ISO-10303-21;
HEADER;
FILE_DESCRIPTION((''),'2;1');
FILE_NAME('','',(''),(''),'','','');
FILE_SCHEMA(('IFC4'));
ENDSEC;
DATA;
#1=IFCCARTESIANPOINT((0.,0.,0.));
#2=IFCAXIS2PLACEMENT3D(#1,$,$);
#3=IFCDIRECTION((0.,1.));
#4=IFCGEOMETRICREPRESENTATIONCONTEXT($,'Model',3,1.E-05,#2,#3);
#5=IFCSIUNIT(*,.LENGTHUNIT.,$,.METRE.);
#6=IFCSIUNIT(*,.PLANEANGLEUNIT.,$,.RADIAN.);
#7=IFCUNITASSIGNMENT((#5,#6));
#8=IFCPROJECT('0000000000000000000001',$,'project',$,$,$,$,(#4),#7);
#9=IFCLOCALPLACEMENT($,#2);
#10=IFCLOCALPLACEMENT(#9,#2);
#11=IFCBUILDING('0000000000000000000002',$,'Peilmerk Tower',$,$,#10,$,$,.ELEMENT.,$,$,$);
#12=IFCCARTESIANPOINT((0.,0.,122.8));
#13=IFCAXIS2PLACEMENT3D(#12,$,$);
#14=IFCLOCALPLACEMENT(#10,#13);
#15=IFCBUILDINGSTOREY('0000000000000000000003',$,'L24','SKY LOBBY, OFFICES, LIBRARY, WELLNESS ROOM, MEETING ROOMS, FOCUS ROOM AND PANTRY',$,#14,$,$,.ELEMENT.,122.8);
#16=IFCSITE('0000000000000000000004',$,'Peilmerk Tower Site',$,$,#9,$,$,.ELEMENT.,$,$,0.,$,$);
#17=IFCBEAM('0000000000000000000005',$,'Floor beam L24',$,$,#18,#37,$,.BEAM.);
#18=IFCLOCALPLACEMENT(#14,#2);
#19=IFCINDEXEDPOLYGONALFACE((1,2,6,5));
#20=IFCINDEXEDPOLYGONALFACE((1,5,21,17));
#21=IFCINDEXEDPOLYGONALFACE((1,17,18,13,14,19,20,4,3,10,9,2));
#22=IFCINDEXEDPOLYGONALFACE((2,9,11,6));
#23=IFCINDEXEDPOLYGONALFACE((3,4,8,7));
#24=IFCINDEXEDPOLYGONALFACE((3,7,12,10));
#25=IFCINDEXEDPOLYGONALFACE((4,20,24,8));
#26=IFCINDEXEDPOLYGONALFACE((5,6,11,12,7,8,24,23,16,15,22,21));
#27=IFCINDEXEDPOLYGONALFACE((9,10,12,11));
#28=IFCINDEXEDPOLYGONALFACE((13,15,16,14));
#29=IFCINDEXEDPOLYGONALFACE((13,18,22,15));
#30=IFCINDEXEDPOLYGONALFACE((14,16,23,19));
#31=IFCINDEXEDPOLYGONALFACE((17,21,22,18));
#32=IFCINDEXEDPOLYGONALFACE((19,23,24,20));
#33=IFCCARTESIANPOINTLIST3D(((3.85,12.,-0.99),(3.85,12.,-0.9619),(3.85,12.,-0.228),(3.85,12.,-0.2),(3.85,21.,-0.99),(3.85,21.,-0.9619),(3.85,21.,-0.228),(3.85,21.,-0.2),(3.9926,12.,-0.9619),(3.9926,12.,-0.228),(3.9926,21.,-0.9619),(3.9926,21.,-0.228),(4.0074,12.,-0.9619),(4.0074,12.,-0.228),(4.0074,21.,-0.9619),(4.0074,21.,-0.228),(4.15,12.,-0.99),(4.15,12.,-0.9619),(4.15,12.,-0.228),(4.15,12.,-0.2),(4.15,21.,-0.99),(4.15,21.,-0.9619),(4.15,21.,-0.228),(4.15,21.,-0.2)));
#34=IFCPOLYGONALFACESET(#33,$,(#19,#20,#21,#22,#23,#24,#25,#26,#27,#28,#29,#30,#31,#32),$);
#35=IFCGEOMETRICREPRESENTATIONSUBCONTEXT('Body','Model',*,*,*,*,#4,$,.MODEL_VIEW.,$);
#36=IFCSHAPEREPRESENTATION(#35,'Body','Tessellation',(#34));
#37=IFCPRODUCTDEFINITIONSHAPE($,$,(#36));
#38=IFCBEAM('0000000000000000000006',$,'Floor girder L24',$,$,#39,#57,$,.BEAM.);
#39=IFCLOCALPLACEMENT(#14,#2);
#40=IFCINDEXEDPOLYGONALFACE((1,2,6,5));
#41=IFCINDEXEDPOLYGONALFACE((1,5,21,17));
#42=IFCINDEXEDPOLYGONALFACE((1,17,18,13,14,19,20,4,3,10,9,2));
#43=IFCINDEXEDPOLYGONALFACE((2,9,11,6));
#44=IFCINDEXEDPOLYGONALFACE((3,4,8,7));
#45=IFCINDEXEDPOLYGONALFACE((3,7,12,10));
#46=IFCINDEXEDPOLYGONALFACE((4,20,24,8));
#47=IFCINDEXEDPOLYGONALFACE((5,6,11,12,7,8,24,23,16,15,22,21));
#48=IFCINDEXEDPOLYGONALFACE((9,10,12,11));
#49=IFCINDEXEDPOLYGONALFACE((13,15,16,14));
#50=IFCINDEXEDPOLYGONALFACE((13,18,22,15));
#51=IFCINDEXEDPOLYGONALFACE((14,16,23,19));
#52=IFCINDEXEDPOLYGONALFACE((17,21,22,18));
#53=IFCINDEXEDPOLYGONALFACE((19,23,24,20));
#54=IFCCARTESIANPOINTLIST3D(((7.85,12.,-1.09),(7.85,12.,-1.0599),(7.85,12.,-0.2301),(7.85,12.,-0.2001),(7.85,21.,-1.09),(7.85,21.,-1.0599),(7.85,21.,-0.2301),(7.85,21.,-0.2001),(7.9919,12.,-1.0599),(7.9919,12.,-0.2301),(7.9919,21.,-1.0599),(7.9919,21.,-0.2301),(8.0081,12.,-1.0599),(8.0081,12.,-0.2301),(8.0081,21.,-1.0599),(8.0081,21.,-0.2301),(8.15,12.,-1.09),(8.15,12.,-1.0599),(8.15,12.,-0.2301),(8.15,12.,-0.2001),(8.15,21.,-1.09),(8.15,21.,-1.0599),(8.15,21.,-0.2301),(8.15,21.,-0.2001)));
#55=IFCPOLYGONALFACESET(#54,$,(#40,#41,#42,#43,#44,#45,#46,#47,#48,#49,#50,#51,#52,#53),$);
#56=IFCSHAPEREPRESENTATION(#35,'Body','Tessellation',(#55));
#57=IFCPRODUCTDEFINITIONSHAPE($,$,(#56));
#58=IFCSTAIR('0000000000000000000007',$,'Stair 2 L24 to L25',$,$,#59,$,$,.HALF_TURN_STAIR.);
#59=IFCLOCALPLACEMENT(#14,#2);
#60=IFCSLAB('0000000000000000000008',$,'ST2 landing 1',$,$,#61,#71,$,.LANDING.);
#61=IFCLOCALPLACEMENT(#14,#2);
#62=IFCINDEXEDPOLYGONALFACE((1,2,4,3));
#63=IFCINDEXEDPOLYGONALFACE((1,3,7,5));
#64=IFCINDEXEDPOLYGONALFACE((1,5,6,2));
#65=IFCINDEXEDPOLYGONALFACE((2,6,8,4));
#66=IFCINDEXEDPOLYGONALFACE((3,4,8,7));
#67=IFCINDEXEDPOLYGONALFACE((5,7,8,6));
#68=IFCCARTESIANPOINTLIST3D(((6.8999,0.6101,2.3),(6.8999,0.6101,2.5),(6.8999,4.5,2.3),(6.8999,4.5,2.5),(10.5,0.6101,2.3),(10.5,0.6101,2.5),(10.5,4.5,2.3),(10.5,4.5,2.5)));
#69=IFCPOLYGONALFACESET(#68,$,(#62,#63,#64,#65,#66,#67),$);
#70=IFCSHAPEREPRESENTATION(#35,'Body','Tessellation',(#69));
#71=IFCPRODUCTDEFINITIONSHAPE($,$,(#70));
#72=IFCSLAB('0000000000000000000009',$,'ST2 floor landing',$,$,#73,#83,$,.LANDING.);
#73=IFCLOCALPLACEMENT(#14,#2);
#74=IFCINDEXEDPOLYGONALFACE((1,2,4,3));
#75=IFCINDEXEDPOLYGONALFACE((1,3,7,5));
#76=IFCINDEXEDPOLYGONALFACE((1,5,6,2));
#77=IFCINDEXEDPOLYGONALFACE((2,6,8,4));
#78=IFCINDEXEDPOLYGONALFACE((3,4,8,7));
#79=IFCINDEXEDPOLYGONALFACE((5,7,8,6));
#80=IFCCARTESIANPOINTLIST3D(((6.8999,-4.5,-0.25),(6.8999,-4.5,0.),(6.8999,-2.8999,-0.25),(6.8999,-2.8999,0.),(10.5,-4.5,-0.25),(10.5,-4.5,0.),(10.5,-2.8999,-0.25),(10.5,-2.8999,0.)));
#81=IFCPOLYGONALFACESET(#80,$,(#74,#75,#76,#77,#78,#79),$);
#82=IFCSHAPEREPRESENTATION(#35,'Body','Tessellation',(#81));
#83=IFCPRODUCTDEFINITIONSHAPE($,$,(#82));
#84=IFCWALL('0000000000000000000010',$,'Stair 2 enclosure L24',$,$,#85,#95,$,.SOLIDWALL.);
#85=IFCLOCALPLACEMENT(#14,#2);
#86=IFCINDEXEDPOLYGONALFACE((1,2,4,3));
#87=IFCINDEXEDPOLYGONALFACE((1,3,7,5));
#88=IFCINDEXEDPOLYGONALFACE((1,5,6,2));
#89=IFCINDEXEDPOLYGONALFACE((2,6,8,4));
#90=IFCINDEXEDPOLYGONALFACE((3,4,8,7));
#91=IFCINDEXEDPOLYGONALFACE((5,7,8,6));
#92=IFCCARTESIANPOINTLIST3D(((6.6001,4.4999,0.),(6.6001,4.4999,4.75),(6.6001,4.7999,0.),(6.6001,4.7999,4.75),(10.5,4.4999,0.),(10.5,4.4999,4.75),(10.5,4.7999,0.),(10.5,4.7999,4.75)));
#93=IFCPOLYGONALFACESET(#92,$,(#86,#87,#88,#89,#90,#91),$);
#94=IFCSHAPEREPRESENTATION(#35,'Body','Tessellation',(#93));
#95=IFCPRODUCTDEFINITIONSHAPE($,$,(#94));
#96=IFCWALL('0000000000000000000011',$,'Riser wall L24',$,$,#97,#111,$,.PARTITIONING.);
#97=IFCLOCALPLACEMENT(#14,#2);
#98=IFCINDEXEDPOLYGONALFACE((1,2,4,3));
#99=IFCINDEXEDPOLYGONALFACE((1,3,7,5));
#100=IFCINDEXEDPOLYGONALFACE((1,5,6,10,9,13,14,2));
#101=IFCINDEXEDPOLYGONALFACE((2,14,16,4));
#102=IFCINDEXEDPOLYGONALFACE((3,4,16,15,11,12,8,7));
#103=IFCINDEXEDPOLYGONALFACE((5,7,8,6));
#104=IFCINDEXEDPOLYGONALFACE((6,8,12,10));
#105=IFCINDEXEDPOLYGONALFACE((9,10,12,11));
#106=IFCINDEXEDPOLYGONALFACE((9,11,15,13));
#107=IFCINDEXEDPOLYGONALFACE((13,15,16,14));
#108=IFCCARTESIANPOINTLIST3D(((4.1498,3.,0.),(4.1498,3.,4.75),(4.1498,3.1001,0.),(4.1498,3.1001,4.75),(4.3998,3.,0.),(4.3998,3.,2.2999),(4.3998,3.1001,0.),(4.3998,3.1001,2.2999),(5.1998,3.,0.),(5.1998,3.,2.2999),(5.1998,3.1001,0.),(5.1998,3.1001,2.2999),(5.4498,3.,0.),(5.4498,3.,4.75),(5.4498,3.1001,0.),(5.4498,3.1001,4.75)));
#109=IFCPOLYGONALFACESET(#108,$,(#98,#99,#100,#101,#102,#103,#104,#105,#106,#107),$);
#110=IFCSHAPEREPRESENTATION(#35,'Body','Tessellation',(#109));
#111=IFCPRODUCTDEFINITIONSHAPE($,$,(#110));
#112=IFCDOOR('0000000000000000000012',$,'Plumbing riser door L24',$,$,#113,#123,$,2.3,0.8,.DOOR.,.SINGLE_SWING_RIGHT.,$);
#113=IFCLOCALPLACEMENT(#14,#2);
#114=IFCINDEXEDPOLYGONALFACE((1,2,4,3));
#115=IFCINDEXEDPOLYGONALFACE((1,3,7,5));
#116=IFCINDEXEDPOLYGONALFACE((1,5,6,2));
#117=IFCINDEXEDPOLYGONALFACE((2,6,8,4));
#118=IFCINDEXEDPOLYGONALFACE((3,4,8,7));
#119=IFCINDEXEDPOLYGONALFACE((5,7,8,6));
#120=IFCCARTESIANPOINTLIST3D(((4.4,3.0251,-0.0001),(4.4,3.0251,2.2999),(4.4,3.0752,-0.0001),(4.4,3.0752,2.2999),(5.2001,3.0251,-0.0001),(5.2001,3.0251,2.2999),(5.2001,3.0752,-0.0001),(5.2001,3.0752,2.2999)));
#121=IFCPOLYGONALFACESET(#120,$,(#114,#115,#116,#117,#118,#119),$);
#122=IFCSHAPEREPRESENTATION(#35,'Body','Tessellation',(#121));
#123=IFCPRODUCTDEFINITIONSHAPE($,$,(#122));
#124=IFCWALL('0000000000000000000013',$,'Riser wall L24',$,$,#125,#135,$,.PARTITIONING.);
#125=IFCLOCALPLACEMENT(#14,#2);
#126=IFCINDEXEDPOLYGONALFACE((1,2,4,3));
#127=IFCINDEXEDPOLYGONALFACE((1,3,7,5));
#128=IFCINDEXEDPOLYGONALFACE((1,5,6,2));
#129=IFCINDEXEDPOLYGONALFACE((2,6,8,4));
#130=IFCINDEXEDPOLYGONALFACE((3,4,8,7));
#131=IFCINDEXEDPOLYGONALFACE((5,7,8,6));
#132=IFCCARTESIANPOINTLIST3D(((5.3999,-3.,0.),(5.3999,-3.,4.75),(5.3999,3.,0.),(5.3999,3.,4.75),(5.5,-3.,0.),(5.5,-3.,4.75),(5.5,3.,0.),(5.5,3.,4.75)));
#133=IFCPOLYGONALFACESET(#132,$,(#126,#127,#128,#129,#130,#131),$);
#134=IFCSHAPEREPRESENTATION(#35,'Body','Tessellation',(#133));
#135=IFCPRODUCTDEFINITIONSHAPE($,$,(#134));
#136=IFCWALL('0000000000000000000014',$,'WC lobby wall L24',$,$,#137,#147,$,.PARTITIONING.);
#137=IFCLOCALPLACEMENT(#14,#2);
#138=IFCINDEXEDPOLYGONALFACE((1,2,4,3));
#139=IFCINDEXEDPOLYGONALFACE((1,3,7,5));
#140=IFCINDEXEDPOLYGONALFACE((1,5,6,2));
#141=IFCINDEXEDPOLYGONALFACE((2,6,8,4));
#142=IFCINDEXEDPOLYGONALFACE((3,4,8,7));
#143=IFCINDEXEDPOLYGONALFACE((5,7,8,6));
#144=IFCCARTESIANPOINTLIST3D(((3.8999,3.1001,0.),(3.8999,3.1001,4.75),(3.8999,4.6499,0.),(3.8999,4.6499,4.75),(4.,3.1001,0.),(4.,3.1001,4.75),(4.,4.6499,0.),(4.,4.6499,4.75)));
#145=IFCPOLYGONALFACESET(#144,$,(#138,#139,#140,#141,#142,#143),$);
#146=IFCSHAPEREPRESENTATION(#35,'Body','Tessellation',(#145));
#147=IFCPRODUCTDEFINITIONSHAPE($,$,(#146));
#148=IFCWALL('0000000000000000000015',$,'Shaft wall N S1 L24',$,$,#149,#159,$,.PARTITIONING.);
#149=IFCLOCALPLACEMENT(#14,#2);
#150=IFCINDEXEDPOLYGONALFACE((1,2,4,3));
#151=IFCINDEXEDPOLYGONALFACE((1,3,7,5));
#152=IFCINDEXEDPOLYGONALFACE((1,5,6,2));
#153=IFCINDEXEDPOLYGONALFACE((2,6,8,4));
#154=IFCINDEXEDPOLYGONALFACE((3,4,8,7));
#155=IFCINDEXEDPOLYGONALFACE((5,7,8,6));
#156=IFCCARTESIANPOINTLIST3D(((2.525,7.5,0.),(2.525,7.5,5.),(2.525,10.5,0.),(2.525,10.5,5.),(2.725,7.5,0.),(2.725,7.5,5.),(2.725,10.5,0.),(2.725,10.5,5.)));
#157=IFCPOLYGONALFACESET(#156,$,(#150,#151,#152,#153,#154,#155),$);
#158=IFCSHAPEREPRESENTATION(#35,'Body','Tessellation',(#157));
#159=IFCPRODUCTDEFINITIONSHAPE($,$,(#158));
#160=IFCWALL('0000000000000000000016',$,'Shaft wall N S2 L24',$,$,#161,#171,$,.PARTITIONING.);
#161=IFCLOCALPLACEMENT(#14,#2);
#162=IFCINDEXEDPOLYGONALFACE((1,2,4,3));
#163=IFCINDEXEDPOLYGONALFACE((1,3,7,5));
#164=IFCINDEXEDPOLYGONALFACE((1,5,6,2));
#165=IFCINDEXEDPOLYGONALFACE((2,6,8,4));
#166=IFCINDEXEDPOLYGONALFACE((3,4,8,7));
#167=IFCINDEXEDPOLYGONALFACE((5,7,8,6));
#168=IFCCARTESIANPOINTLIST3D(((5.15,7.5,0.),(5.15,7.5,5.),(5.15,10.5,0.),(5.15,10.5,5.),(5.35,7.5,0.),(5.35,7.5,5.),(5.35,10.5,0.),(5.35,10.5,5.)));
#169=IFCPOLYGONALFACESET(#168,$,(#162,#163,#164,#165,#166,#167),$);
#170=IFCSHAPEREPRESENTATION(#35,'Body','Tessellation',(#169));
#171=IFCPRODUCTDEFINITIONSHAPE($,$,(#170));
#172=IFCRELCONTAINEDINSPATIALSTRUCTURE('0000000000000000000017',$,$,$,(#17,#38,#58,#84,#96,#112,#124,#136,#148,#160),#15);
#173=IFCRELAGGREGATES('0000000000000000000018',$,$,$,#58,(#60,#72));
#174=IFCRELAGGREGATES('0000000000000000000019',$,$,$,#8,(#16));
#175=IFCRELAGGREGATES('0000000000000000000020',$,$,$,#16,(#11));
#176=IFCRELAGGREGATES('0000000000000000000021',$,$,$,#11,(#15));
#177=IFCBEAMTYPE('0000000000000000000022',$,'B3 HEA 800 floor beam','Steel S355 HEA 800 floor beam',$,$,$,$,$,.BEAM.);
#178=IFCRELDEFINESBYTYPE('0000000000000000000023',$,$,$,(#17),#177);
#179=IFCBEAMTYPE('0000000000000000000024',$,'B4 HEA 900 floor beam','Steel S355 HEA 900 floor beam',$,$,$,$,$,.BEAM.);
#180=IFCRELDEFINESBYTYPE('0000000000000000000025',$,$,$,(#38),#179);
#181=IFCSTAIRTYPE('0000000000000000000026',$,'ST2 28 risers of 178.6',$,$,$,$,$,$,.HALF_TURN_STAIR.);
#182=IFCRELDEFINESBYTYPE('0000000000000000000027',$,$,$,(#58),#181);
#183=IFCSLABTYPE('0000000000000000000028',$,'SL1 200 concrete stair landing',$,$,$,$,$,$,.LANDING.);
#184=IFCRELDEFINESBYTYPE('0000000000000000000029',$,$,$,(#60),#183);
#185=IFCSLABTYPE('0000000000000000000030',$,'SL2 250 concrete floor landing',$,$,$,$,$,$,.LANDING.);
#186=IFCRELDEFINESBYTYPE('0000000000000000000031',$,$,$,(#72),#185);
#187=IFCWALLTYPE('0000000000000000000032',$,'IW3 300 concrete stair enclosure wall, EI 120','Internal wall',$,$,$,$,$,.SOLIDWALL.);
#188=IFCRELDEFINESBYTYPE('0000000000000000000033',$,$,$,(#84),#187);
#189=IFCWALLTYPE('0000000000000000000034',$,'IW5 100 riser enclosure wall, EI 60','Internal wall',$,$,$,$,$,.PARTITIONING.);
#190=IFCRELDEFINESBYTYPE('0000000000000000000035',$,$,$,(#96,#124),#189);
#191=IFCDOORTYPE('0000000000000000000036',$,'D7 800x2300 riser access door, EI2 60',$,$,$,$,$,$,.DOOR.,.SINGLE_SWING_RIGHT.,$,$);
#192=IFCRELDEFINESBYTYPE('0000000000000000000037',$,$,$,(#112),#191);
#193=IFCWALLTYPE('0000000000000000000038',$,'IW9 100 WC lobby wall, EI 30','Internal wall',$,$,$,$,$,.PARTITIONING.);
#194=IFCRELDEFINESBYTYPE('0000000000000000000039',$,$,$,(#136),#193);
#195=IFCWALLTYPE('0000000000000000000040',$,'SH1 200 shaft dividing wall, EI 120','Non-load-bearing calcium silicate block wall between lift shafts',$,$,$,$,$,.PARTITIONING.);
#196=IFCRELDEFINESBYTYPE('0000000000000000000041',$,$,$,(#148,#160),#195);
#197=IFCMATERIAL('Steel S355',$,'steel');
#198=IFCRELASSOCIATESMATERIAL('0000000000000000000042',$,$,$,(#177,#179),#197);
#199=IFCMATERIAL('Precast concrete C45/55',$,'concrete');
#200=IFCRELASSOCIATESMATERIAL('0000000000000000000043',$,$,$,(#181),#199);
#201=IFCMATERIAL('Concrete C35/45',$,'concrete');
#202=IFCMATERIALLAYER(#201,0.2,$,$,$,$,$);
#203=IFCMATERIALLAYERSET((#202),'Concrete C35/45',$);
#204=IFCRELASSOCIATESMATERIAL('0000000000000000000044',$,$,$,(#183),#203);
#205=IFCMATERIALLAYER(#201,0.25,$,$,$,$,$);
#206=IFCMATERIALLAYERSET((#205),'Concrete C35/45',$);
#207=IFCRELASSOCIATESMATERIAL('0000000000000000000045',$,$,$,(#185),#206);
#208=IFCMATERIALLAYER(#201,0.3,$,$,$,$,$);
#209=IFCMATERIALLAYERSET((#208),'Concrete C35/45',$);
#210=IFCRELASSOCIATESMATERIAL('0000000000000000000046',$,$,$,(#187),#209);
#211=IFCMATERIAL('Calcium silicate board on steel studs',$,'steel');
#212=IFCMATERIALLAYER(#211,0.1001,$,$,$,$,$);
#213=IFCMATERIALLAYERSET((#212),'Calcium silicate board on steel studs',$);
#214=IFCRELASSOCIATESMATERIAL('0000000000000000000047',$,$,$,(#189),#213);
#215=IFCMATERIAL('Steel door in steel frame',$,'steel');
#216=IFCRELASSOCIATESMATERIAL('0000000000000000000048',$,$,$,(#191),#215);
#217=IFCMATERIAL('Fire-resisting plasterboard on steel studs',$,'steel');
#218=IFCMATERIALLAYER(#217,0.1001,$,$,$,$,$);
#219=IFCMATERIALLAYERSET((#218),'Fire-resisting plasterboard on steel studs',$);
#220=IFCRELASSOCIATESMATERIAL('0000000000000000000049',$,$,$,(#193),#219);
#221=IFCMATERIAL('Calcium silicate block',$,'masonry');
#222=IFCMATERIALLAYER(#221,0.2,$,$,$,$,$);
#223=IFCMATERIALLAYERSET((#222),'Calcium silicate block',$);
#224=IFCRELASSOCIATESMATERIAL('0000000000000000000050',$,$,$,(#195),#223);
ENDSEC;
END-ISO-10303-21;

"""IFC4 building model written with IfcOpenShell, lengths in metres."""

from ifc_helpers import new_model, si_unit, direction, frame, frame_2d, origin, origin_2d, place, context, subcontext, project, spatial, polyline, rectangle, i_section, outline, extrude, material, layer, layer_set, material_profile, profile_set, type_object, element, fill, aggregate, save


model = new_model("IFC4")

# Units and contexts
model_context = context("Model", 3, precision=1e-05, world=origin(), true_north=direction((0.0, 1.0)))
body_context = subcontext(model_context, "Body", "Model", "MODEL_VIEW")
ifc_project = project(units=[si_unit("LENGTHUNIT", "METRE"), si_unit("PLANEANGLEUNIT", "RADIAN")], contexts=[model_context])

# Site, building, storey
site_placement = place(None, origin())
site = spatial("IfcSite", under=ifc_project, at=site_placement, Name="Peilmerk Tower Site", CompositionType="ELEMENT", RefElevation=0.0)
building_placement = place(site_placement, origin())
building = spatial("IfcBuilding", under=site, at=building_placement, Name="Peilmerk Tower", CompositionType="ELEMENT")
storey_placement = place(building_placement, frame((0.0, 0.0, 122.8)))
storey = spatial("IfcBuildingStorey", under=building, at=storey_placement, Name="L24", Description="SKY LOBBY, OFFICES, LIBRARY, WELLNESS ROOM, MEETING ROOMS, FOCUS ROOM AND PANTRY", CompositionType="ELEMENT", Elevation=122.8)

# Beams
ifc_material_1 = material(Name="Steel S355", Category="steel")
ifc_material_profile_1 = material_profile(ifc_material_1, i_section(OverallWidth=0.3, OverallDepth=0.79, WebThickness=0.0149, FlangeThickness=0.0281, at=origin_2d()), Name="HEA 800")
ifc_profile_set_1 = profile_set([ifc_material_profile_1], Name="Steel S355")
beam_type_1 = type_object("IfcBeamType", Name="B3 HEA 800 floor beam", Description="Steel S355 HEA 800 floor beam", PredefinedType="BEAM", material=ifc_profile_set_1)
beam_1_placement = place(storey_placement, frame((4.0, 12.0, -0.595), z_axis=(0.0, 1.0, 0.0), x_axis=(-1.0, 0.0, 0.0)))
element("IfcBeam", 1, at=beam_1_placement, inside=storey, type_object=beam_type_1, Name="Floor beam L24", PredefinedType="BEAM", context=body_context, shape_type="SweptSolid", body=[
    extrude(i_section(OverallWidth=0.3, OverallDepth=0.79, WebThickness=0.0149, FlangeThickness=0.0281, at=origin_2d()), origin(), (0.0, 0.0, 1.0), 9.0),
])
ifc_material_profile_2 = material_profile(ifc_material_1, i_section(OverallWidth=0.3, OverallDepth=0.8899, WebThickness=0.0161, FlangeThickness=0.03, at=origin_2d()), Name="HEA 900")
ifc_profile_set_2 = profile_set([ifc_material_profile_2], Name="Steel S355")
beam_type_2 = type_object("IfcBeamType", Name="B4 HEA 900 floor beam", Description="Steel S355 HEA 900 floor beam", PredefinedType="BEAM", material=ifc_profile_set_2)
beam_2_placement = place(storey_placement, frame((8.0, 12.0, -0.645), z_axis=(0.0, 1.0, 0.0), x_axis=(-1.0, 0.0, 0.0)))
element("IfcBeam", 2, at=beam_2_placement, inside=storey, type_object=beam_type_2, Name="Floor girder L24", PredefinedType="BEAM", context=body_context, shape_type="SweptSolid", body=[
    extrude(i_section(OverallWidth=0.3, OverallDepth=0.8899, WebThickness=0.0161, FlangeThickness=0.03, at=origin_2d()), origin(), (0.0, 0.0, 1.0), 9.0),
])

# Stair, slabs
ifc_material_2 = material(Name="Precast concrete C45/55", Category="concrete")
stair_type = type_object("IfcStairType", Name="ST2 28 risers of 178.6", PredefinedType="HALF_TURN_STAIR", material=ifc_material_2)
stair_placement = place(storey_placement, origin())
stair = element("IfcStair", 3, at=stair_placement, inside=storey, type_object=stair_type, Name="Stair 2 L24 to L25", PredefinedType="HALF_TURN_STAIR")
ifc_material_3 = material(Name="Concrete C35/45", Category="concrete")
ifc_layer_1 = layer(ifc_material_3, 0.2)
ifc_layer_set_1 = layer_set([ifc_layer_1], Name="Concrete C35/45")
slab_type_1 = type_object("IfcSlabType", Name="SL1 200 concrete stair landing", PredefinedType="LANDING", material=ifc_layer_set_1)
slab_1_placement = place(storey_placement, frame((0.0, 0.0, 2.3)))
slab_1 = element("IfcSlab", 4, at=slab_1_placement, type_object=slab_type_1, Name="ST2 landing 1", PredefinedType="LANDING", context=body_context, shape_type="SweptSolid", body=[
    extrude(outline(polyline([(6.8999, 0.6101), (10.5, 0.6101), (10.5, 4.5), (6.8999, 4.5), (6.8999, 0.6101)])), origin(), (0.0, 0.0, 1.0), 0.2),
])
ifc_layer_2 = layer(ifc_material_3, 0.25)
ifc_layer_set_2 = layer_set([ifc_layer_2], Name="Concrete C35/45")
slab_type_2 = type_object("IfcSlabType", Name="SL2 250 concrete floor landing", PredefinedType="LANDING", material=ifc_layer_set_2)
slab_2_placement = place(storey_placement, frame((0.0, 0.0, -0.25)))
slab_2 = element("IfcSlab", 5, at=slab_2_placement, type_object=slab_type_2, Name="ST2 floor landing", PredefinedType="LANDING", context=body_context, shape_type="SweptSolid", body=[
    extrude(outline(polyline([(6.8999, -4.5), (10.5, -4.5), (10.5, -2.8999), (6.8999, -2.8999), (6.8999, -4.5)])), origin(), (0.0, 0.0, 1.0), 0.25),
])

# Wall
ifc_layer_3 = layer(ifc_material_3, 0.3)
ifc_layer_set_3 = layer_set([ifc_layer_3], Name="Concrete C35/45")
wall_type_1 = type_object("IfcWallType", Name="IW3 300 concrete stair enclosure wall, EI 120", Description="Internal wall", PredefinedType="SOLIDWALL", material=ifc_layer_set_3)
wall_1_placement = place(storey_placement, frame((6.6001, 4.6499, 0.0), z_axis=(0.0, 0.0, 1.0), x_axis=(1.0, 0.0, 0.0)))
element("IfcWall", 6, at=wall_1_placement, inside=storey, type_object=wall_type_1, Name="Stair 2 enclosure L24", PredefinedType="SOLIDWALL", context=body_context, shape_type="SweptSolid", body=[
    extrude(rectangle(XDim=3.8999, YDim=0.3, at=frame_2d((1.95, 0.0))), origin(), (0.0, 0.0, 1.0), 4.75),
])

# Wall, opening, door
ifc_material_4 = material(Name="Calcium silicate board on steel studs", Category="steel")
ifc_layer_4 = layer(ifc_material_4, 0.1001)
ifc_layer_set_4 = layer_set([ifc_layer_4], Name="Calcium silicate board on steel studs")
wall_type_2 = type_object("IfcWallType", Name="IW5 100 riser enclosure wall, EI 60", Description="Internal wall", PredefinedType="PARTITIONING", material=ifc_layer_set_4)
wall_2_placement = place(storey_placement, frame((4.1499, 3.05, 0.0), z_axis=(0.0, 0.0, 1.0), x_axis=(1.0, 0.0, 0.0)))
wall_2 = element("IfcWall", 7, at=wall_2_placement, inside=storey, type_object=wall_type_2, Name="Riser wall L24", PredefinedType="PARTITIONING", context=body_context, shape_type="SweptSolid", body=[
    extrude(rectangle(XDim=1.3, YDim=0.1001, at=frame_2d((0.6499, 0.0))), origin(), (0.0, 0.0, 1.0), 4.75),
])
opening_1_placement = place(wall_2_placement, frame((0.25, 0.0, 0.0)))
opening_1 = element("IfcOpeningElement", 8, at=opening_1_placement, cuts=wall_2, PredefinedType="OPENING", context=body_context, shape_type="SweptSolid", body=[
    extrude(rectangle(XDim=0.8, YDim=2.3, at=frame_2d((0.3999, 1.1499))), frame((0.0, 0.0601, 0.0), z_axis=(0.0, -1.0, 0.0), x_axis=(1.0, 0.0, 0.0)), (0.0, 0.0, 1.0), 0.1201),
])
ifc_material_5 = material(Name="Steel door in steel frame", Category="steel")
door_type_1 = type_object("IfcDoorType", Name="D7 800x2300 riser access door, EI2 60", OperationType="SINGLE_SWING_RIGHT", PredefinedType="DOOR", material=ifc_material_5)
door_1_placement = place(opening_1_placement, frame((0.8, 0.0, 0.0), z_axis=(0.0, 0.0, 1.0), x_axis=(-1.0, 0.0, 0.0)))
door_1 = element("IfcDoor", 9, at=door_1_placement, inside=storey, type_object=door_type_1, Name="Plumbing riser door L24", OperationType="SINGLE_SWING_RIGHT", OverallHeight=2.3, OverallWidth=0.8, PredefinedType="DOOR", context=body_context, shape_type="SweptSolid", body=[
    extrude(rectangle(XDim=0.8, YDim=2.3, at=frame_2d((0.3999, 1.1499))), frame((0.0, 0.0249, 0.0), z_axis=(0.0, -1.0, 0.0), x_axis=(1.0, 0.0, 0.0)), (0.0, 0.0, 1.0), 0.05),
])
fill(opening_1, door_1)

# Walls
wall_3_placement = place(storey_placement, frame((5.45, 3.0, 0.0), z_axis=(0.0, 0.0, 1.0), x_axis=(0.0, -1.0, 0.0)))
element("IfcWall", 10, at=wall_3_placement, inside=storey, type_object=wall_type_2, Name="Riser wall L24", PredefinedType="PARTITIONING", context=body_context, shape_type="SweptSolid", body=[
    extrude(rectangle(XDim=6.0, YDim=0.1001, at=frame_2d((3.0, 0.0))), origin(), (0.0, 0.0, 1.0), 4.75),
])
ifc_material_6 = material(Name="Fire-resisting plasterboard on steel studs", Category="steel")
ifc_layer_5 = layer(ifc_material_6, 0.1001)
ifc_layer_set_5 = layer_set([ifc_layer_5], Name="Fire-resisting plasterboard on steel studs")
wall_type_3 = type_object("IfcWallType", Name="IW9 100 WC lobby wall, EI 30", Description="Internal wall", PredefinedType="PARTITIONING", material=ifc_layer_set_5)
wall_4_placement = place(storey_placement, frame((3.95, 3.1001, 0.0), z_axis=(0.0, 0.0, 1.0), x_axis=(0.0, 1.0, 0.0)))
element("IfcWall", 11, at=wall_4_placement, inside=storey, type_object=wall_type_3, Name="WC lobby wall L24", PredefinedType="PARTITIONING", context=body_context, shape_type="SweptSolid", body=[
    extrude(rectangle(XDim=1.5498, YDim=0.1001, at=frame_2d((0.7749, 0.0))), origin(), (0.0, 0.0, 1.0), 4.75),
])
ifc_material_7 = material(Name="Calcium silicate block", Category="masonry")
ifc_layer_6 = layer(ifc_material_7, 0.2)
ifc_layer_set_6 = layer_set([ifc_layer_6], Name="Calcium silicate block")
wall_type_4 = type_object("IfcWallType", Name="SH1 200 shaft dividing wall, EI 120", Description="Non-load-bearing calcium silicate block wall between lift shafts", PredefinedType="PARTITIONING", material=ifc_layer_set_6)
for number, where, z_axis, x_axis, name in (
    (12, (2.625, 7.5, 0.0), (0.0, 0.0, 1.0), (0.0, 1.0, 0.0), "Shaft wall N S1 L24"),
    (13, (5.25, 7.5, 0.0), (0.0, 0.0, 1.0), (0.0, 1.0, 0.0), "Shaft wall N S2 L24"),
):
    element("IfcWall", number, at=place(storey_placement, frame(where, z_axis=z_axis, x_axis=x_axis)), inside=storey, type_object=wall_type_4, Name=name, PredefinedType="PARTITIONING", context=body_context, shape_type="SweptSolid", body=[
        extrude(rectangle(XDim=3.0, YDim=0.2, at=frame_2d((1.5, 0.0))), origin(), (0.0, 0.0, 1.0), 5.0),
    ])

aggregate(stair, [slab_1, slab_2])

save(model, "model.ifc")
